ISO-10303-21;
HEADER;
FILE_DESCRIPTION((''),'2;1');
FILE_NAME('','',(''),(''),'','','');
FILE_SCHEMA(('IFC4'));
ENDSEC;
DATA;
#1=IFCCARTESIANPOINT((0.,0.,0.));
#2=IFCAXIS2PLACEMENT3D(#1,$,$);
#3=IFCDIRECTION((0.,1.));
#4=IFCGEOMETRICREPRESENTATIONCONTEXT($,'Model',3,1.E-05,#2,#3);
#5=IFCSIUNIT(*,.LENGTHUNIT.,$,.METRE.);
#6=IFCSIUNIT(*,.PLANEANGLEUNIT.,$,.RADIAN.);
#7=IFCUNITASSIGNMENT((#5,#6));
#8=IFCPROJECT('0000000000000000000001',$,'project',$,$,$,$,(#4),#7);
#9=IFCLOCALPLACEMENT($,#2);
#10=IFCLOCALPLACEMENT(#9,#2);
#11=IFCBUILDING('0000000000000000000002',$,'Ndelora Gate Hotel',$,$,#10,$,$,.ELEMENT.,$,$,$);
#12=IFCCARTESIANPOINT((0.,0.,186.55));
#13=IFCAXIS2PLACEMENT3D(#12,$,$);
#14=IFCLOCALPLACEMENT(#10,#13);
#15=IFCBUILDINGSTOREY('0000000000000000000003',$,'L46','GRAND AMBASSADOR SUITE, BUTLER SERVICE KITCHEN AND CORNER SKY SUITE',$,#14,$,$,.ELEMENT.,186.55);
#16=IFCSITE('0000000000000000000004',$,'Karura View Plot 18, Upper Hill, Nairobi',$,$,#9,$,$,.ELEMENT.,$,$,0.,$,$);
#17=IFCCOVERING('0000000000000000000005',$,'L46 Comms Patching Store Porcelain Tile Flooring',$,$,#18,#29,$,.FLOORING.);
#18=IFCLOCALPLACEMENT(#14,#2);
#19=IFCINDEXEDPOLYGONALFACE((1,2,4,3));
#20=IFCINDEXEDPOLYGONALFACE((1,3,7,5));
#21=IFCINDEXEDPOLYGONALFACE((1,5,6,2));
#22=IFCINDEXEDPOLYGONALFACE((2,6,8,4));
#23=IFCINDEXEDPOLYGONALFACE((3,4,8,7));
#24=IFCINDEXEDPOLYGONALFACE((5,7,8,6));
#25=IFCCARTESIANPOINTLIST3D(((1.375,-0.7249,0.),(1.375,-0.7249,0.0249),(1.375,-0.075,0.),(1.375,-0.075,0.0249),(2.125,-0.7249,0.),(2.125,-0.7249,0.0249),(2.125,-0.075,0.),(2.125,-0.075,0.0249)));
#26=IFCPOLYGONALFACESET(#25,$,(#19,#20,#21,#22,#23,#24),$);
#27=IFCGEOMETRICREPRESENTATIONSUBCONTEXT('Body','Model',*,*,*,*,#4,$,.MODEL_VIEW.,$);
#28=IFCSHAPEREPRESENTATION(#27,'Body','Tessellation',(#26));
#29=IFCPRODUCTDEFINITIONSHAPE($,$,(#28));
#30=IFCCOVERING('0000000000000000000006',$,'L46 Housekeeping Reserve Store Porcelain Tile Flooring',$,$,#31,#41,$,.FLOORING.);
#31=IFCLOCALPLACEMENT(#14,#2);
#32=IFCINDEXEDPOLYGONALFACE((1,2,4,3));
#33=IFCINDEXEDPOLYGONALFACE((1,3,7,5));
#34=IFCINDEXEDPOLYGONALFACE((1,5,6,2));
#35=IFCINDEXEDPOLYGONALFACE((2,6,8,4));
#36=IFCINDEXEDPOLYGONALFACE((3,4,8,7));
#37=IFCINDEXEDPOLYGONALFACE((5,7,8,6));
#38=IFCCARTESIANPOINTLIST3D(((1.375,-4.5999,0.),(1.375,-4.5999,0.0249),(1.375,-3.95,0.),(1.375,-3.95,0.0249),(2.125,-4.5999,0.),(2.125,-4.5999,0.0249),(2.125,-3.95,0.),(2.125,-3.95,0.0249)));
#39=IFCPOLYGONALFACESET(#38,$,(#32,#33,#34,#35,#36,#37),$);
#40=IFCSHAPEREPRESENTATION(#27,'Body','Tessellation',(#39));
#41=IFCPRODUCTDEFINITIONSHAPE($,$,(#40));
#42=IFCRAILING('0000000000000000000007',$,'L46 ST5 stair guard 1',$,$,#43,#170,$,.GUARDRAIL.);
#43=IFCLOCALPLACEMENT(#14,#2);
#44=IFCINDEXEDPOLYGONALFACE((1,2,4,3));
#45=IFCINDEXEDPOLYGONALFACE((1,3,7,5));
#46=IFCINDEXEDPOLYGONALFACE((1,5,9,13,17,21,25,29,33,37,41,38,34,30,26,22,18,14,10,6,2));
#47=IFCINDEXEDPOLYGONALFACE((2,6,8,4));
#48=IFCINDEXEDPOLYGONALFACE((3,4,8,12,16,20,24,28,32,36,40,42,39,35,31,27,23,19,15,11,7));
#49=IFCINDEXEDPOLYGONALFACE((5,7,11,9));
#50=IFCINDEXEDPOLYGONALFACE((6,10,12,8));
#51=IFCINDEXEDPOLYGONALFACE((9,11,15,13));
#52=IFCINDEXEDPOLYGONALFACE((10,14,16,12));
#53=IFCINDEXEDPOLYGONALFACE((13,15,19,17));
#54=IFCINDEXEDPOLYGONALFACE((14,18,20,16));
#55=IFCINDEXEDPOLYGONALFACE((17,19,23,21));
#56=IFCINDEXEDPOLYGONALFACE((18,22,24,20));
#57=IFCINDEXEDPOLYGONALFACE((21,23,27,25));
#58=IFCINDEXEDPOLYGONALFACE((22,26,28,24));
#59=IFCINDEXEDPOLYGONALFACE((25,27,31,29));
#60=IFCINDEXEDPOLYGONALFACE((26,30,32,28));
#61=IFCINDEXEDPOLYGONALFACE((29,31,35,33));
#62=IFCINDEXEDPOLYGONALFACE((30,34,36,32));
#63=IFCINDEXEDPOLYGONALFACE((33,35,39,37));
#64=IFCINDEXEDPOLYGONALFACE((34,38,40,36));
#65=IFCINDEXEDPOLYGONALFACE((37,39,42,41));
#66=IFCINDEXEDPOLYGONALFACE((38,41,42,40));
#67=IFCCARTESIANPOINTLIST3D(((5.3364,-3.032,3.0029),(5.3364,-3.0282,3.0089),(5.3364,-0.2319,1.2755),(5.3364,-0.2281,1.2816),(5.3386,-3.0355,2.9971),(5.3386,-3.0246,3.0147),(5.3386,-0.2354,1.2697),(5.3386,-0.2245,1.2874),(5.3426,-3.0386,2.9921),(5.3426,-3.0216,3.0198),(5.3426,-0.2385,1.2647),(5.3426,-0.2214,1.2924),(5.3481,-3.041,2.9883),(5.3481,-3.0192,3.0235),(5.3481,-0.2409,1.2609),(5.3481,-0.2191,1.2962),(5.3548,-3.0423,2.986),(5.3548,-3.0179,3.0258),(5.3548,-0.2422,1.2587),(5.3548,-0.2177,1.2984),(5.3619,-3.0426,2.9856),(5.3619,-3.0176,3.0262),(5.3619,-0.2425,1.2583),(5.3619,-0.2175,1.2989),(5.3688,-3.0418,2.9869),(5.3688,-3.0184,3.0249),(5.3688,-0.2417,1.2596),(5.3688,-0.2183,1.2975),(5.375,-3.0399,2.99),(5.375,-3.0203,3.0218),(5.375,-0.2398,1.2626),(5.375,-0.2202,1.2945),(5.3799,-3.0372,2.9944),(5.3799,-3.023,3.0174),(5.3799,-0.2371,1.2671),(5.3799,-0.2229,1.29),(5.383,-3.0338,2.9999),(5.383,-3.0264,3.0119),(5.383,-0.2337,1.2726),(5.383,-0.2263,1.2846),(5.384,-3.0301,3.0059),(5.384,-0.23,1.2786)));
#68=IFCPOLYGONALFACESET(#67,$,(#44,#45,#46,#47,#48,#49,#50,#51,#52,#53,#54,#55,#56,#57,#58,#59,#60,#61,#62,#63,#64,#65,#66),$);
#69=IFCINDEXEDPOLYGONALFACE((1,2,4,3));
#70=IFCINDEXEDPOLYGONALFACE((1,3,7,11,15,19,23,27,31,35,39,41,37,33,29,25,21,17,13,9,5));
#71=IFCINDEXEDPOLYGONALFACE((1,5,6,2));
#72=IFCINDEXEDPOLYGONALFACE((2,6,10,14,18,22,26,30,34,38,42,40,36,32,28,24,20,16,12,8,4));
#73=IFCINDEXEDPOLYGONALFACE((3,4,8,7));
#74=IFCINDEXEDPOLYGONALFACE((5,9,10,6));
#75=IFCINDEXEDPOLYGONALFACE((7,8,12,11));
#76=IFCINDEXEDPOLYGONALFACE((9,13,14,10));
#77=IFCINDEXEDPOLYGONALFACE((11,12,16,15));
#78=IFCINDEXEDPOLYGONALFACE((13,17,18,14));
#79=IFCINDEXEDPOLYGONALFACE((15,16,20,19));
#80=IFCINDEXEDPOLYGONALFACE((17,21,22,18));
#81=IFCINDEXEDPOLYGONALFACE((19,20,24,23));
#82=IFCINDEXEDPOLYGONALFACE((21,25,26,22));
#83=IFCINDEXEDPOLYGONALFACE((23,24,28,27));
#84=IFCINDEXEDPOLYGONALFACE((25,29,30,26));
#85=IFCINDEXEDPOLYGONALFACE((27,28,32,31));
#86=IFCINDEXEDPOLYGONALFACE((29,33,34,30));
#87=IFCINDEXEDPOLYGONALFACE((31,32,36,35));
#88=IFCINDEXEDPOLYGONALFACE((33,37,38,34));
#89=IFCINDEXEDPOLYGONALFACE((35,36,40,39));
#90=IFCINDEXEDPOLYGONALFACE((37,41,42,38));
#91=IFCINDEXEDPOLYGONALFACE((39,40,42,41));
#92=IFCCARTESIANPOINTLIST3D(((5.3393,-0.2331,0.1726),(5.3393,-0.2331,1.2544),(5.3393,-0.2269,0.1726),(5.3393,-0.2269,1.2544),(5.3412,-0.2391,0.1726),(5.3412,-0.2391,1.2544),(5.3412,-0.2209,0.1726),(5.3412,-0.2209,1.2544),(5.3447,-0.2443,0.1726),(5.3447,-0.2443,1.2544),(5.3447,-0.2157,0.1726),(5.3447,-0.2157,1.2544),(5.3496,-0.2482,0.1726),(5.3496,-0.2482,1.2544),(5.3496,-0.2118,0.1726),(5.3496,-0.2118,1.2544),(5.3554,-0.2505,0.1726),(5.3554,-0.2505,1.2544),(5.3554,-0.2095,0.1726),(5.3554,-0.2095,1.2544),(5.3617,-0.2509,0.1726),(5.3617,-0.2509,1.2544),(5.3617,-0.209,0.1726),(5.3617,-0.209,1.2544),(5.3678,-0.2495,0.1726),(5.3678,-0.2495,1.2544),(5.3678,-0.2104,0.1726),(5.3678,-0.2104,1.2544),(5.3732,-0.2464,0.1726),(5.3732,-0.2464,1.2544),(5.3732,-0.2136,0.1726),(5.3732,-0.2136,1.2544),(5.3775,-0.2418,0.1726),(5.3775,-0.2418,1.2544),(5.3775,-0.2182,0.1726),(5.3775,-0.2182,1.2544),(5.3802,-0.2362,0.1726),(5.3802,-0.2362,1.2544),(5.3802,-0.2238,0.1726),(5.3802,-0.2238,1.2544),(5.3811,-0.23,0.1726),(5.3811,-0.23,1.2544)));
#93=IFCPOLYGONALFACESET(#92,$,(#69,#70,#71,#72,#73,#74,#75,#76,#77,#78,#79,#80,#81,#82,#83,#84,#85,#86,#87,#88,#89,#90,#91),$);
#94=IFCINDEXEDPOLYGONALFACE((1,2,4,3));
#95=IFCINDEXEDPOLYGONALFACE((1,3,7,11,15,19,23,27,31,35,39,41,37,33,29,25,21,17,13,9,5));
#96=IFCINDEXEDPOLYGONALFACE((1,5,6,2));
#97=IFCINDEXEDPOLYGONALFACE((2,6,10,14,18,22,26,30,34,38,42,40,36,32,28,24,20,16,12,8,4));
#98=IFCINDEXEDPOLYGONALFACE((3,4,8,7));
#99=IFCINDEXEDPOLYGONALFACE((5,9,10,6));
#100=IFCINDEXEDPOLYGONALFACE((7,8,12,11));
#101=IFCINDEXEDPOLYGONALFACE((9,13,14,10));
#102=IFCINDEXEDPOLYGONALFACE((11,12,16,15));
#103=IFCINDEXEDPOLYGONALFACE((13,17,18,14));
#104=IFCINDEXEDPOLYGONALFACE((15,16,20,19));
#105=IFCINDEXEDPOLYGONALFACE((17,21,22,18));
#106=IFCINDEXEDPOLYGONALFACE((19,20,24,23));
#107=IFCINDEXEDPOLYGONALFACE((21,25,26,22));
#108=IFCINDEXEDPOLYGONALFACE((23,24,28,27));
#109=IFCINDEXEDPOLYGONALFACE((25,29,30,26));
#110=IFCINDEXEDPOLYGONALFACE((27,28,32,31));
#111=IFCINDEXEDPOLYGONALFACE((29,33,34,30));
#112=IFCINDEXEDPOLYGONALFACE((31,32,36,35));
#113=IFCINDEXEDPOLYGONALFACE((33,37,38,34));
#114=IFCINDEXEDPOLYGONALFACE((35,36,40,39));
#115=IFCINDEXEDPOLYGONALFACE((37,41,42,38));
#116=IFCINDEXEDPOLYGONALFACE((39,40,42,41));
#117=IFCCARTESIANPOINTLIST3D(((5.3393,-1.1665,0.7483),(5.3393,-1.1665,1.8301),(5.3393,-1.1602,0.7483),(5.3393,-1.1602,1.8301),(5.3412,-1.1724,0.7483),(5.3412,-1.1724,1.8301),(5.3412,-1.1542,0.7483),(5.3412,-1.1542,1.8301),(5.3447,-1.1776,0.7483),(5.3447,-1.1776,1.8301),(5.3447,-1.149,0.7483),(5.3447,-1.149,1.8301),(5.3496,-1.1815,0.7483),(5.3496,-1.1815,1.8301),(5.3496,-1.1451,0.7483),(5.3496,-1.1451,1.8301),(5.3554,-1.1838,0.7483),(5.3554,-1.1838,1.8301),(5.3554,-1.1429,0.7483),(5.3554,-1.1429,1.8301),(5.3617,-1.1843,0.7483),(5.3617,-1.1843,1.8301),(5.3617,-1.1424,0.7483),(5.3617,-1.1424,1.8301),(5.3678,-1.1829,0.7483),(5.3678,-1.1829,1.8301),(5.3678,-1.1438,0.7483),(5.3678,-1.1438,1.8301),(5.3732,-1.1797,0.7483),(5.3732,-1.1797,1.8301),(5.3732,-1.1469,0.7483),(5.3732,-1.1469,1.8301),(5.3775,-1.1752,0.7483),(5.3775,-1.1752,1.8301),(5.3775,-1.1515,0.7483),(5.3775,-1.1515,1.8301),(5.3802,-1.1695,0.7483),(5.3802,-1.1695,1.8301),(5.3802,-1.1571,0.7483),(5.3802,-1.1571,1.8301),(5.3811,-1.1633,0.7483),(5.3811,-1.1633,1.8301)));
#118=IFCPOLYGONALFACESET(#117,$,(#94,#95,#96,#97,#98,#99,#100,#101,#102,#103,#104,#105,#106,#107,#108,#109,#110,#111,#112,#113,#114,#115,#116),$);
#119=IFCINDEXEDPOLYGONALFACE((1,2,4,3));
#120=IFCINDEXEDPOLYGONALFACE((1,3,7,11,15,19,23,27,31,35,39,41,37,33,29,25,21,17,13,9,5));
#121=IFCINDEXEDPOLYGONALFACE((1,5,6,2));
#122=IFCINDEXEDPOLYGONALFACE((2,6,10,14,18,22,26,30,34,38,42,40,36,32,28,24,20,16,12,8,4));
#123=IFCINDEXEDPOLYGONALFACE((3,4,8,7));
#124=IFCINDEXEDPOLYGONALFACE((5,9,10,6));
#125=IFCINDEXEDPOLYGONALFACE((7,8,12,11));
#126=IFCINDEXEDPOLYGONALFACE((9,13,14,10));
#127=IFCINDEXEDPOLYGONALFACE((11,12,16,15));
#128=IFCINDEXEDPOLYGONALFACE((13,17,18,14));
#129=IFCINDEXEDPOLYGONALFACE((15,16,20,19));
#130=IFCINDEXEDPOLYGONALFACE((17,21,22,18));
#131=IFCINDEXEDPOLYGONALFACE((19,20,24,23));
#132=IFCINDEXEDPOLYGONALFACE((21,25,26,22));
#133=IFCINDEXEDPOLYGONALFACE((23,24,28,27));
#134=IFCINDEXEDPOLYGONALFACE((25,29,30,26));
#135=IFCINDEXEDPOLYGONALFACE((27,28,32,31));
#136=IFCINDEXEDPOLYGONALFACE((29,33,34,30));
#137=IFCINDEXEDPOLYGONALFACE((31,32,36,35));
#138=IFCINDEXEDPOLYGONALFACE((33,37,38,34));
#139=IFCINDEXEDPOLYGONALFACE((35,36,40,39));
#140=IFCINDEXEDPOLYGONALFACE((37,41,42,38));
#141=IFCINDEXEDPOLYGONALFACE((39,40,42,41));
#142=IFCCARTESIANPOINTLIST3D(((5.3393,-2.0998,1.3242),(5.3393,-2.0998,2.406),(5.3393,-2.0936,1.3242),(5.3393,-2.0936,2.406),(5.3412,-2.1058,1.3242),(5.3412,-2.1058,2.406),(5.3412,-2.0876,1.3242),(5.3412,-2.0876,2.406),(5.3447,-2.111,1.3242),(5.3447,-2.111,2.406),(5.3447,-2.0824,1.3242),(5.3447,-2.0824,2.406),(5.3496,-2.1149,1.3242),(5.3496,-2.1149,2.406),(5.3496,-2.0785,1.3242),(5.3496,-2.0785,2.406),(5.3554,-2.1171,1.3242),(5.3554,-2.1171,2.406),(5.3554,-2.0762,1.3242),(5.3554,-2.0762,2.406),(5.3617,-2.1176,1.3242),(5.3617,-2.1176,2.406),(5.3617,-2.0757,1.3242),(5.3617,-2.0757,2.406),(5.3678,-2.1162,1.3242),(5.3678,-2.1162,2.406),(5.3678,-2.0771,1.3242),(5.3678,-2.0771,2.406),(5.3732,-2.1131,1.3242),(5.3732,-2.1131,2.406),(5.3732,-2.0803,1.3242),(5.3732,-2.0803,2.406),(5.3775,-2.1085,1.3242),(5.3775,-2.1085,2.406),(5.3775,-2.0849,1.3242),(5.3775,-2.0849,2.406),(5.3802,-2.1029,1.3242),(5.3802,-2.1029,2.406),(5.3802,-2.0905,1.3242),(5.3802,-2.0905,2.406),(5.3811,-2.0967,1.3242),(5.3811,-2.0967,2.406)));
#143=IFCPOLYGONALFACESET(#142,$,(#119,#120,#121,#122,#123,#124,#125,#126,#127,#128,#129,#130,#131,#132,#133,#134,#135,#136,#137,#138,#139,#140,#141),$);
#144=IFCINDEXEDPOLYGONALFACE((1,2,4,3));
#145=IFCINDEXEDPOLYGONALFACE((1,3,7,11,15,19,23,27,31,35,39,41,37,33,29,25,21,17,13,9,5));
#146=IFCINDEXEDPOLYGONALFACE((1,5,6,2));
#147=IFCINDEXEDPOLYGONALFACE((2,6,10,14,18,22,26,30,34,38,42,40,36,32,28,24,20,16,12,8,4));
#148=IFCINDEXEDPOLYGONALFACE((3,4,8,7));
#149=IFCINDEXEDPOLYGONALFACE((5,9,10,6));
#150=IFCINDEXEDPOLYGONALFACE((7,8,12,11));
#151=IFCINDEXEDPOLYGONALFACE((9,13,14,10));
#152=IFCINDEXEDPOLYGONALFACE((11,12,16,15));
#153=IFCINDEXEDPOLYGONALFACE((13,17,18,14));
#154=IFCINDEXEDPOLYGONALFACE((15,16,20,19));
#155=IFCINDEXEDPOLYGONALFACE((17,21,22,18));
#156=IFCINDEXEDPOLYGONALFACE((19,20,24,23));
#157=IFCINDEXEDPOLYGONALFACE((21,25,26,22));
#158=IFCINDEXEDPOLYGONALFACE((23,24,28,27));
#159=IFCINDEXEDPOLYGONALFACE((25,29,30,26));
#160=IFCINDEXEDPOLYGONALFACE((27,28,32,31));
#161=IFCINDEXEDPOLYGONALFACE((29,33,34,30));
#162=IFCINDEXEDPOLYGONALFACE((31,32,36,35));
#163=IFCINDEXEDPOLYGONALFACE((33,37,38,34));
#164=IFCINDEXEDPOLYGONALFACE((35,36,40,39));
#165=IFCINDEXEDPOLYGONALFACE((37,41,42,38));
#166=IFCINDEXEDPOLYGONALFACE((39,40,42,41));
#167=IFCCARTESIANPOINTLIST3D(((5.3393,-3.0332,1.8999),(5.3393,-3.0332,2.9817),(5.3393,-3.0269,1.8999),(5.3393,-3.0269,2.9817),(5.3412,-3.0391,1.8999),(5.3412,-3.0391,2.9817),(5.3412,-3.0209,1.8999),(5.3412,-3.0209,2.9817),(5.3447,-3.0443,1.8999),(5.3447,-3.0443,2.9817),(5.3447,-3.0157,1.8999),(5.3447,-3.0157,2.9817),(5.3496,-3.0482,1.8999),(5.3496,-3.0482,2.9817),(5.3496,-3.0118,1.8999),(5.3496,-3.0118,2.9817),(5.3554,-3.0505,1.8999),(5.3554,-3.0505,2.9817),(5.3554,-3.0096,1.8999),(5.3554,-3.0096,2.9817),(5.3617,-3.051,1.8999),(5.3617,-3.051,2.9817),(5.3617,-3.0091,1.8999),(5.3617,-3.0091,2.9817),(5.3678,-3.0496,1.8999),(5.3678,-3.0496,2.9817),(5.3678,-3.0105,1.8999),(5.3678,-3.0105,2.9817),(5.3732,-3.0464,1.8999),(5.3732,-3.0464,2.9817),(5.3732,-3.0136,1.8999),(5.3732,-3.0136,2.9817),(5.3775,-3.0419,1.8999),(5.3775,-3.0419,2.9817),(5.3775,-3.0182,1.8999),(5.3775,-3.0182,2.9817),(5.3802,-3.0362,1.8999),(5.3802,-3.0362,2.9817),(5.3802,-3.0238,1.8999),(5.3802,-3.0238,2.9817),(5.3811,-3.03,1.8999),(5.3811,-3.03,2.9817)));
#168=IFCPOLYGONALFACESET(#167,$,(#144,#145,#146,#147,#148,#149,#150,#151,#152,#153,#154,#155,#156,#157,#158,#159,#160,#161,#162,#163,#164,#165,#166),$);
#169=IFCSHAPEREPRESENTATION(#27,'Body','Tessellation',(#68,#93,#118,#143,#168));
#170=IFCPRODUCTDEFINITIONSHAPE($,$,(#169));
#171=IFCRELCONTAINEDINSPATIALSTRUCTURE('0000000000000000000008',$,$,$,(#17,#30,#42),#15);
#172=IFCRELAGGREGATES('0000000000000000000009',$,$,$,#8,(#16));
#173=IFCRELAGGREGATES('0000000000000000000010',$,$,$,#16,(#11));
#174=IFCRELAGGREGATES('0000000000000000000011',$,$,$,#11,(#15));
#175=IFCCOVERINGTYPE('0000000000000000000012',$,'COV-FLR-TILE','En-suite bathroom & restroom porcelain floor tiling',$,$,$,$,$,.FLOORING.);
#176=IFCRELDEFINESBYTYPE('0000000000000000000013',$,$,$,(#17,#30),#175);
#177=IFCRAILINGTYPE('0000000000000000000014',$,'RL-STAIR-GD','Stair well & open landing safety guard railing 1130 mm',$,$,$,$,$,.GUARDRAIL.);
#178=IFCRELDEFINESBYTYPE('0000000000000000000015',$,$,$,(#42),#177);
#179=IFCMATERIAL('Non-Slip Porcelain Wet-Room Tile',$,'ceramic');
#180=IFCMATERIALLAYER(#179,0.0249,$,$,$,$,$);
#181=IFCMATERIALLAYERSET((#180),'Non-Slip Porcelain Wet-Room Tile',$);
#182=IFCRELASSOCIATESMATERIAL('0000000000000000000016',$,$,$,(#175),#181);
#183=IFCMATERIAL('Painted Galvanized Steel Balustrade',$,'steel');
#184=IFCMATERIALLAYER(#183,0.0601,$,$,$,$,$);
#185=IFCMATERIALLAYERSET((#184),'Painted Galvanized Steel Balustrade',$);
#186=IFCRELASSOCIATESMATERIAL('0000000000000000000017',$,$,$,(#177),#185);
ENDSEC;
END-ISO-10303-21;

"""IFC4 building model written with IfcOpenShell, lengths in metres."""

from ifc_helpers import new_model, si_unit, direction, frame, origin, origin_2d, place, context, subcontext, project, spatial, rectangle, circle, extrude, material, layer, layer_set, type_object, element, save


model = new_model("IFC4")

# Units and contexts
model_context = context("Model", 3, precision=1e-05, world=origin(), true_north=direction((0.0, 1.0)))
body_context = subcontext(model_context, "Body", "Model", "MODEL_VIEW")
ifc_project = project(units=[si_unit("LENGTHUNIT", "METRE"), si_unit("PLANEANGLEUNIT", "RADIAN")], contexts=[model_context])

# Site, building, storey
site_placement = place(None, origin())
site = spatial("IfcSite", under=ifc_project, at=site_placement, Name="Karura View Plot 18, Upper Hill, Nairobi", CompositionType="ELEMENT", RefElevation=0.0)
building_placement = place(site_placement, origin())
building = spatial("IfcBuilding", under=site, at=building_placement, Name="Ndelora Gate Hotel", CompositionType="ELEMENT")
storey_placement = place(building_placement, frame((0.0, 0.0, 186.55)))
storey = spatial("IfcBuildingStorey", under=building, at=storey_placement, Name="L46", Description="GRAND AMBASSADOR SUITE, BUTLER SERVICE KITCHEN AND CORNER SKY SUITE", CompositionType="ELEMENT", Elevation=186.55)

# Coverings
ifc_material_1 = material(Name="Non-Slip Porcelain Wet-Room Tile", Category="ceramic")
ifc_layer_1 = layer(ifc_material_1, 0.0249)
ifc_layer_set_1 = layer_set([ifc_layer_1], Name="Non-Slip Porcelain Wet-Room Tile")
covering_type = type_object("IfcCoveringType", Name="COV-FLR-TILE", Description="En-suite bathroom & restroom porcelain floor tiling", PredefinedType="FLOORING", material=ifc_layer_set_1)
for number, where, z_axis, x_axis, name in (
    (1, (1.75, -0.3999, 0.0), (0.0, 0.0, 1.0), (1.0, 0.0, 0.0), "L46 Comms Patching Store Porcelain Tile Flooring"),
    (2, (1.75, -4.2749, 0.0), (0.0, 0.0, 1.0), (1.0, 0.0, 0.0), "L46 Housekeeping Reserve Store Porcelain Tile Flooring"),
):
    element("IfcCovering", number, at=place(storey_placement, frame(where, z_axis=z_axis, x_axis=x_axis)), inside=storey, type_object=covering_type, Name=name, PredefinedType="FLOORING", context=body_context, shape_type="SweptSolid", body=[
        extrude(rectangle(XDim=0.75, YDim=0.6499, at=origin_2d()), origin(), (0.0, 0.0, 1.0), 0.0249),
    ])

# Railing
ifc_material_2 = material(Name="Painted Galvanized Steel Balustrade", Category="steel")
ifc_layer_2 = layer(ifc_material_2, 0.0601)
ifc_layer_set_2 = layer_set([ifc_layer_2], Name="Painted Galvanized Steel Balustrade")
railing_type_1 = type_object("IfcRailingType", Name="RL-STAIR-GD", Description="Stair well & open landing safety guard railing 1130 mm", PredefinedType="GUARDRAIL", material=ifc_layer_set_2)
railing_1_placement = place(storey_placement, frame((5.3601, -0.23, 0.1726)))
element("IfcRailing", 3, at=railing_1_placement, inside=storey, type_object=railing_type_1, Name="L46 ST5 stair guard 1", PredefinedType="GUARDRAIL", context=body_context, shape_type="SweptSolid", body=[
    extrude(circle(Radius=0.0239, at=origin_2d()), frame((0.0, 0.0, 1.106), z_axis=(0.0, -0.85109, 0.52502), x_axis=(1.0, 0.0, 0.0)), (0.0, 0.0, 1.0), 3.29),
    extrude(circle(Radius=0.021, at=origin_2d()), origin(), (0.0, 0.0, 1.0), 1.0818),
    extrude(circle(Radius=0.021, at=origin_2d()), frame((0.0, -0.9333, 0.5757)), (0.0, 0.0, 1.0), 1.0818),
    extrude(circle(Radius=0.021, at=origin_2d()), frame((0.0, -1.8667, 1.1516)), (0.0, 0.0, 1.0), 1.0818),
    extrude(circle(Radius=0.021, at=origin_2d()), frame((0.0, -2.8, 1.7273)), (0.0, 0.0, 1.0), 1.0818),
])

save(model, "model.ifc")
